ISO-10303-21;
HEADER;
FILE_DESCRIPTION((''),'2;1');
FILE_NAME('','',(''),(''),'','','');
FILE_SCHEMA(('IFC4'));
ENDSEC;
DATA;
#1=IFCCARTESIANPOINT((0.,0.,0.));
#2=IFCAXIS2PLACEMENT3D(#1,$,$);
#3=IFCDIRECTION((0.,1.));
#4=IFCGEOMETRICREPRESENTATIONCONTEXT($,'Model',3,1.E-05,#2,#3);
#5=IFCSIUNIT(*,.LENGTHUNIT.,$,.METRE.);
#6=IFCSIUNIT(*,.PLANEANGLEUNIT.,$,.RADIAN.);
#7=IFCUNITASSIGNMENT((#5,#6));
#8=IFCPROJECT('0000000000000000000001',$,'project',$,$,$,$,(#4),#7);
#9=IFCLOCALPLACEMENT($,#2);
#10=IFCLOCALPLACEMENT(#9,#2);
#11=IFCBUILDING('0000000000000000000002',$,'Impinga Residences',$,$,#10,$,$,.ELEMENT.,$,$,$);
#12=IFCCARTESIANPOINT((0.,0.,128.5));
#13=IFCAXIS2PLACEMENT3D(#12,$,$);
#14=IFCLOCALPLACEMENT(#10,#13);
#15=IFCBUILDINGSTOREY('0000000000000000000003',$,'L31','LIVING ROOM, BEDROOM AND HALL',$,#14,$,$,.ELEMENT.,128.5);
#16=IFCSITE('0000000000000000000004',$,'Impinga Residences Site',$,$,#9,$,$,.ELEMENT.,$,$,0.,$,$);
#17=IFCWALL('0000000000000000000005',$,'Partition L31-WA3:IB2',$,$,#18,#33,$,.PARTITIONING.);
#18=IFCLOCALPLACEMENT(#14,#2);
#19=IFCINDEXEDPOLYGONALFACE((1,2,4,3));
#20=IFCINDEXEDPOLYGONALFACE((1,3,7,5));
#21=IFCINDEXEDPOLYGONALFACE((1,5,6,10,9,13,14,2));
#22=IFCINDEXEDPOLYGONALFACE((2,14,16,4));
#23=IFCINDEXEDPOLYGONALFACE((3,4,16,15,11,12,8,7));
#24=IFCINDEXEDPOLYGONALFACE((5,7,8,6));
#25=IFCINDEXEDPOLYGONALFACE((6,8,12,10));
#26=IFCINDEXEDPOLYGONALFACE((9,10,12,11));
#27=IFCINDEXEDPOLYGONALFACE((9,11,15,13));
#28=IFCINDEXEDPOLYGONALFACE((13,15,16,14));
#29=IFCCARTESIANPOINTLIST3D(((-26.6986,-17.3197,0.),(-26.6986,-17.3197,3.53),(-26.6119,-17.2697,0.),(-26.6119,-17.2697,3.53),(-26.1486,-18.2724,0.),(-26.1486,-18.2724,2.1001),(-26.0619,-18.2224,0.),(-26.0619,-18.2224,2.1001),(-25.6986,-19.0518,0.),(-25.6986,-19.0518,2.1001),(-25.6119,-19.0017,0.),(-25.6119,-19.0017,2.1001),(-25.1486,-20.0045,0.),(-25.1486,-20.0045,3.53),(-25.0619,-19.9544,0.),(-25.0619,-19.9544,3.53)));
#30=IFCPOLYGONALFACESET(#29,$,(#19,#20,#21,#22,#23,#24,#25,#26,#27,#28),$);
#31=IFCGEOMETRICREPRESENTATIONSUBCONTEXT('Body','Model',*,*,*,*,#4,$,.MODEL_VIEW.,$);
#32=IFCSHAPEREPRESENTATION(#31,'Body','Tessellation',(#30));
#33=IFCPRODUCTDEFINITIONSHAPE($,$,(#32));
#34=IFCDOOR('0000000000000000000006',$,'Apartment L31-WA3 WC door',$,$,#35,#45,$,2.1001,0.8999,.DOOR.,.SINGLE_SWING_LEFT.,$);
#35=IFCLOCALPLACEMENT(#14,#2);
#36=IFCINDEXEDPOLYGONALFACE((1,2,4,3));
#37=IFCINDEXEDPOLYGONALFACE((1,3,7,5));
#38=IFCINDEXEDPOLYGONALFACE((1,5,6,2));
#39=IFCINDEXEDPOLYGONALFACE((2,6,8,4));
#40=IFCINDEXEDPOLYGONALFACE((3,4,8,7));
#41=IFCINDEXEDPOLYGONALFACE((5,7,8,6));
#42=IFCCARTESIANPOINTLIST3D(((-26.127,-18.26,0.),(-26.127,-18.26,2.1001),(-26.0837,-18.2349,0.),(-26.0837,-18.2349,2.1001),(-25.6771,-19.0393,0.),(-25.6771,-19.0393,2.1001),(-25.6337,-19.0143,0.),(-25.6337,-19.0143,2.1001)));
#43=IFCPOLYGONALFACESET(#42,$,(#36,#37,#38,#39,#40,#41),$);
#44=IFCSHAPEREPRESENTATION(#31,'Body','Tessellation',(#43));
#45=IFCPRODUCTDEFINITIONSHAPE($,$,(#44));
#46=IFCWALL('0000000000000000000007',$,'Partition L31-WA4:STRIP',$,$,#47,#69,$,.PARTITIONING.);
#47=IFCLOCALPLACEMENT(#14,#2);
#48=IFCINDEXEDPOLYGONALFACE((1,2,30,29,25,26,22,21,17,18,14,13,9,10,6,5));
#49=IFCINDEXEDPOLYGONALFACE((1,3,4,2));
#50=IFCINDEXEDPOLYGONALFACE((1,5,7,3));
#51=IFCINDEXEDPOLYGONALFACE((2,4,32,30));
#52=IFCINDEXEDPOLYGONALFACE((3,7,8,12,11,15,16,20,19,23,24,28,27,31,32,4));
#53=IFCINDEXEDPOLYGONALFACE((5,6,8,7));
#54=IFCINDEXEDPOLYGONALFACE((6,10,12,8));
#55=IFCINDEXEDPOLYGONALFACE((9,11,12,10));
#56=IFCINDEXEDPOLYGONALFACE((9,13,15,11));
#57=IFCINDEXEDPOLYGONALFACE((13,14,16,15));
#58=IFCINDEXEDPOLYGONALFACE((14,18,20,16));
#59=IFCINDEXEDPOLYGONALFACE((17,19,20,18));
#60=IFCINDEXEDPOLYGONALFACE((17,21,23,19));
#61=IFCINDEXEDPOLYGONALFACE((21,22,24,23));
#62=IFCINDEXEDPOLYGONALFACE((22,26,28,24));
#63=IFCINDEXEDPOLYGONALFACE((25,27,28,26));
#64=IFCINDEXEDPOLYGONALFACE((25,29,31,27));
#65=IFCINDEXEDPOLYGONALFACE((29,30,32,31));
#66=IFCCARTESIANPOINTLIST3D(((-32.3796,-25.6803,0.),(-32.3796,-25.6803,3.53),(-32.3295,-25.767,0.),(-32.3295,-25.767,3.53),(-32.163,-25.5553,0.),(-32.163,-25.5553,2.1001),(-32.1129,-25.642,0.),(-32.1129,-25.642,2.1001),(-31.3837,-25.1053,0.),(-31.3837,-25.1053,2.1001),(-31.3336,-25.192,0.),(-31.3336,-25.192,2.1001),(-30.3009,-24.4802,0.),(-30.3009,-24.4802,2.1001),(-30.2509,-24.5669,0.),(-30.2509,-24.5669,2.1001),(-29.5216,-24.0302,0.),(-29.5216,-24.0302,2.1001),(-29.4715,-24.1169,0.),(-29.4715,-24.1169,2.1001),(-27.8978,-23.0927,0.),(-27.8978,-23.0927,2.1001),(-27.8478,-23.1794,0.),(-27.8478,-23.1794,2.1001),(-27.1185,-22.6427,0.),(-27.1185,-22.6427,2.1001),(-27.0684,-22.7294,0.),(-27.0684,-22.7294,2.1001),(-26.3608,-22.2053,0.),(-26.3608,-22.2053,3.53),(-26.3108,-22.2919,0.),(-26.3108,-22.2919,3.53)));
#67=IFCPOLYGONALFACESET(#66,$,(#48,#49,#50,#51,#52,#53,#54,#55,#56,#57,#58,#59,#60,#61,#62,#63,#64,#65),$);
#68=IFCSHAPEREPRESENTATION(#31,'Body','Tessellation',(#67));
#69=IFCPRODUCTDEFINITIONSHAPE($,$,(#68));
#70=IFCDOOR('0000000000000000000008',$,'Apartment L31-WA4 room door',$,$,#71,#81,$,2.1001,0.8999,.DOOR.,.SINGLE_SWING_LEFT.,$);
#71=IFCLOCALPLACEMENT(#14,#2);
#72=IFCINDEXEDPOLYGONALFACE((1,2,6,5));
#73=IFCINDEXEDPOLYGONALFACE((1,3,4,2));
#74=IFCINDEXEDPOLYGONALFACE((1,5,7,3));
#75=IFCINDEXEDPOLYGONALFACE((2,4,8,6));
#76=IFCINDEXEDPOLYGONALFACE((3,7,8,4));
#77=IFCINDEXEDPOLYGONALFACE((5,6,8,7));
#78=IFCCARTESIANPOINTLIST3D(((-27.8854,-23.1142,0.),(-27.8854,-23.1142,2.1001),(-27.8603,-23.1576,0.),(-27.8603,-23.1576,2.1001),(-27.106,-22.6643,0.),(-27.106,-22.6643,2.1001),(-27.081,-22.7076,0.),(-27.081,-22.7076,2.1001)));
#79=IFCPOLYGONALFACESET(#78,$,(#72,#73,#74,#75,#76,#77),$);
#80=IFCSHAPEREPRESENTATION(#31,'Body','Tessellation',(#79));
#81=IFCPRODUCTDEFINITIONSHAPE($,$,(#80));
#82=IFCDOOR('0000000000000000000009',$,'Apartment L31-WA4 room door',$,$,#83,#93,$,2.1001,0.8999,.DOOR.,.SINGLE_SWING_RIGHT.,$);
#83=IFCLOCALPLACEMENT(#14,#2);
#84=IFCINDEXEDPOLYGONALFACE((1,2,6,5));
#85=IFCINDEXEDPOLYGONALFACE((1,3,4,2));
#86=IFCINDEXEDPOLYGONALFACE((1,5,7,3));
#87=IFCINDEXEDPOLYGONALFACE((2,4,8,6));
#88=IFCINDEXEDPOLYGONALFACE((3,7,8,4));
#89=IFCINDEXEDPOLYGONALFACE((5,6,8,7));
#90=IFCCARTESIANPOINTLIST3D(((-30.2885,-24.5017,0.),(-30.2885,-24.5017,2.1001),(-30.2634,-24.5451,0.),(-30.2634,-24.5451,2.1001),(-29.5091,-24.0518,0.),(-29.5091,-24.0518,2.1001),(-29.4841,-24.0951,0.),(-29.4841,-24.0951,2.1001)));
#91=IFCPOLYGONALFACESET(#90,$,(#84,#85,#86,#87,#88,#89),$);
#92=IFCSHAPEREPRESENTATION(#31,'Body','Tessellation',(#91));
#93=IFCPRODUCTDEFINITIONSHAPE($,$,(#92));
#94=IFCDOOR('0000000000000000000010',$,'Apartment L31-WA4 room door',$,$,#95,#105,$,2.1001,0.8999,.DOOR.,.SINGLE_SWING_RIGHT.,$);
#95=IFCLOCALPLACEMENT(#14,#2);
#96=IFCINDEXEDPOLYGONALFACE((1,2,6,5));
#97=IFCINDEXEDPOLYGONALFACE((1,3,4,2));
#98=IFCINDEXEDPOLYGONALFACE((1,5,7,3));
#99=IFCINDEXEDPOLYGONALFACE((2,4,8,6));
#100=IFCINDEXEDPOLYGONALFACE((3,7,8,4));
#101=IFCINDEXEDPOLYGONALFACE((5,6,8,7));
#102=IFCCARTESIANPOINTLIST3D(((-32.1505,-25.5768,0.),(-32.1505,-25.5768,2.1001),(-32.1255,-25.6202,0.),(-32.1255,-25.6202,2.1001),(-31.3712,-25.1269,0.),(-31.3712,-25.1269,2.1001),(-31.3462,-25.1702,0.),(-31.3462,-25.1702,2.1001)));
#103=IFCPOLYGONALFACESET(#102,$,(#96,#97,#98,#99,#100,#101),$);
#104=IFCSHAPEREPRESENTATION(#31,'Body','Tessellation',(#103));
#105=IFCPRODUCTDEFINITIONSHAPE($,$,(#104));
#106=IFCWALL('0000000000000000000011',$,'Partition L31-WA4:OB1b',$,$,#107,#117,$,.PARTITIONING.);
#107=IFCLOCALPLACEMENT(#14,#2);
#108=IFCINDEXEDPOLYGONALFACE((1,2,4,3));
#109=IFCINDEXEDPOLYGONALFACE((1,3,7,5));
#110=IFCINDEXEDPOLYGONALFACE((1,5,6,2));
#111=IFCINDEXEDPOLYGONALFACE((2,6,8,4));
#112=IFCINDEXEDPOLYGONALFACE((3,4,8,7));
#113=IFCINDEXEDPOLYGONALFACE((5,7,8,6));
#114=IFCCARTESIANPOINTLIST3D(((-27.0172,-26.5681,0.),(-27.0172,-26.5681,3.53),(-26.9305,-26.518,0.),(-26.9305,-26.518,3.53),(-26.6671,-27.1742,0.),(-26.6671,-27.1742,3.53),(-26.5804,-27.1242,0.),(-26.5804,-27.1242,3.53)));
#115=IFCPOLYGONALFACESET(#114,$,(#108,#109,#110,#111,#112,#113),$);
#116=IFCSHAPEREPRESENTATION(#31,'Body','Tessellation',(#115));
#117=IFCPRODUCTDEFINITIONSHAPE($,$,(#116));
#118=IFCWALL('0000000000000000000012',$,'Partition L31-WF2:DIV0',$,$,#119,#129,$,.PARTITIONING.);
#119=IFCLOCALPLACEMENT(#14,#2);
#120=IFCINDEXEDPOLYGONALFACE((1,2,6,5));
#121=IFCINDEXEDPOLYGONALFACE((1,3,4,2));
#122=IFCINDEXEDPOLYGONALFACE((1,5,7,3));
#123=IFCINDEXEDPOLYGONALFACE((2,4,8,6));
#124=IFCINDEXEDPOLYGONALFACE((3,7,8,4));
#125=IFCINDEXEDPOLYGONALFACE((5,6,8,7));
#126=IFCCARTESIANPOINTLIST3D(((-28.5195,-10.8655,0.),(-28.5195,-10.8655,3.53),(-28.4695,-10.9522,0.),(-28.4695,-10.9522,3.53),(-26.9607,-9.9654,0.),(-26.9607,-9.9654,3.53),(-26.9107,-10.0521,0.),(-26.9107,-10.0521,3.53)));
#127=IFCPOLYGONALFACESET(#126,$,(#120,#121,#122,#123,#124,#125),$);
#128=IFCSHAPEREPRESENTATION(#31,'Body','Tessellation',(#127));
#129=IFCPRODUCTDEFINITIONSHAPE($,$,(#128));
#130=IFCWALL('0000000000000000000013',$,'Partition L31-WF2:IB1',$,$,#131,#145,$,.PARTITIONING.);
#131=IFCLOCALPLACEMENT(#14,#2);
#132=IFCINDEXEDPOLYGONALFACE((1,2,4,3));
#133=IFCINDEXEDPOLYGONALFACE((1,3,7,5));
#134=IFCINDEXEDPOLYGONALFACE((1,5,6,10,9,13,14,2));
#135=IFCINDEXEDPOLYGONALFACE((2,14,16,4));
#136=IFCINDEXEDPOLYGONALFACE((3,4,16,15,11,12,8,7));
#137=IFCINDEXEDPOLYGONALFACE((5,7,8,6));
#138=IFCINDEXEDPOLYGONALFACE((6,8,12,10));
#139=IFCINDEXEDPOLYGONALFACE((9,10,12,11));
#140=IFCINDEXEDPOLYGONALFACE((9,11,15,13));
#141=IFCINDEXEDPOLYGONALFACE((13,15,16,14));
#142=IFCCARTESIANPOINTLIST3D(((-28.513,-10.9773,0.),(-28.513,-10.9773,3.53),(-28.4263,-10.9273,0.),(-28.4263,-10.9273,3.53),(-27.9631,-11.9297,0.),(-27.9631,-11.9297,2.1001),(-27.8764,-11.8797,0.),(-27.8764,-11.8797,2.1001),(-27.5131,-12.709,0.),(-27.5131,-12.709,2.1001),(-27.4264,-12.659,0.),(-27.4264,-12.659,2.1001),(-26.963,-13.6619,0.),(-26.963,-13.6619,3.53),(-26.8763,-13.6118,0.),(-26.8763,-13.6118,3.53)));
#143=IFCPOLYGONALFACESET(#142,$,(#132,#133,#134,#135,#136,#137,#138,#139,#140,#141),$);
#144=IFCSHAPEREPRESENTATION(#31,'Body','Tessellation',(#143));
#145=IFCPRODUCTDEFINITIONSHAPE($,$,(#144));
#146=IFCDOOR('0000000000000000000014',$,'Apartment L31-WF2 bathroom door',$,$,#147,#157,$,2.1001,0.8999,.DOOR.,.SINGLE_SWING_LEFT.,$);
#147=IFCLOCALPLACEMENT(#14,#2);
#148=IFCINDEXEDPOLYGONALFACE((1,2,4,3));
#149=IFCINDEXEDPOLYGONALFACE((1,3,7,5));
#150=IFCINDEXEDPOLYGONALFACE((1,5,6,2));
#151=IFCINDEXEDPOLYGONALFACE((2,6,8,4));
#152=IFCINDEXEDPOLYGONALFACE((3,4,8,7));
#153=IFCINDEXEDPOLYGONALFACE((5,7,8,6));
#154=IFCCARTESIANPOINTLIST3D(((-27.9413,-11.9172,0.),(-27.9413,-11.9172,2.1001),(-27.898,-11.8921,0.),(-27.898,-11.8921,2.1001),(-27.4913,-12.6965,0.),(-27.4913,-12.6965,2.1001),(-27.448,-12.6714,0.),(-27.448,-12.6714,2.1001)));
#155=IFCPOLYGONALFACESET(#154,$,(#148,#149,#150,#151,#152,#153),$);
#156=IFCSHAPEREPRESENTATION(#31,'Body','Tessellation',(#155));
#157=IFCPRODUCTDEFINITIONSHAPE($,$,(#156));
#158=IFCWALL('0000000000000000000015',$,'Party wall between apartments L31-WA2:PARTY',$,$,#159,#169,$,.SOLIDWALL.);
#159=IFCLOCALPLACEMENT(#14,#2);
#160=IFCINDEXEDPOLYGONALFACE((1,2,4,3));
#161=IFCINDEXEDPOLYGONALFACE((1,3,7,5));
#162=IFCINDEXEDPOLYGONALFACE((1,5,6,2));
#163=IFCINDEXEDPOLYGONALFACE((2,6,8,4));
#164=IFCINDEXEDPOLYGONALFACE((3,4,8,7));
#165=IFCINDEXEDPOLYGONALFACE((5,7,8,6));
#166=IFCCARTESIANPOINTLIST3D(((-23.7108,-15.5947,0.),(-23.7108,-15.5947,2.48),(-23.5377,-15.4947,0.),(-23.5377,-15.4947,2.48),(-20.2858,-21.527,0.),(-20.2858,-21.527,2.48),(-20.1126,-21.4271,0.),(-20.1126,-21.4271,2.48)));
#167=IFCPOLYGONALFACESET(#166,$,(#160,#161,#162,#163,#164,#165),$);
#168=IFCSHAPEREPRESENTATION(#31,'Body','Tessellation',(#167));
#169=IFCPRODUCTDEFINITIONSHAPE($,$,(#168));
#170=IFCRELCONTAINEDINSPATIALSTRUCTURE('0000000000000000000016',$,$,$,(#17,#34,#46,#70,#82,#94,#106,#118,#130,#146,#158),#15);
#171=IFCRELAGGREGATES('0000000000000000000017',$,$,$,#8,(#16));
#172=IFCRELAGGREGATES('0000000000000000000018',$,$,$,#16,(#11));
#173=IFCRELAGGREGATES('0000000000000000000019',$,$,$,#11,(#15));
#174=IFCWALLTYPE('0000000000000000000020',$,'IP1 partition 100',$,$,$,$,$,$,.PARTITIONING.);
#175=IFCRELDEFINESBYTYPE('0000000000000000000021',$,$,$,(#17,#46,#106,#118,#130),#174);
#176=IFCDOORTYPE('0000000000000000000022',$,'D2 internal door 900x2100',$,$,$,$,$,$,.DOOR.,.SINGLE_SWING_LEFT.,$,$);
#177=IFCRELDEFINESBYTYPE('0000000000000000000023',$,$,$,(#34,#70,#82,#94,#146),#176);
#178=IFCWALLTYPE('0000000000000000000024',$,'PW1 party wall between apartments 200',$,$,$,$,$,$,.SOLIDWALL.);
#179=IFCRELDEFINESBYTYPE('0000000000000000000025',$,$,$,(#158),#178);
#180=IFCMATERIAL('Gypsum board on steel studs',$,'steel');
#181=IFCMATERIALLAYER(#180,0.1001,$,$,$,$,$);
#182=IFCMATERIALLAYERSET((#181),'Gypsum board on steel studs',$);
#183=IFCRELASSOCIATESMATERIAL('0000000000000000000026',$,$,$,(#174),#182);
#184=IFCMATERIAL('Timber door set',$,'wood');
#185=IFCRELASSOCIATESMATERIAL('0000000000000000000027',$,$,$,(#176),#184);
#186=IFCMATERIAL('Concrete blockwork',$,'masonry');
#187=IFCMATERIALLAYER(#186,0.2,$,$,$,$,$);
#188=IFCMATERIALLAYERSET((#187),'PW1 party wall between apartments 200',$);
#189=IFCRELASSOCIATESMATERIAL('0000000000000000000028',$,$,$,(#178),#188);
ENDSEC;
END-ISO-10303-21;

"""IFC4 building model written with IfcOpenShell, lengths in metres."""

from ifc_helpers import new_model, si_unit, direction, frame, frame_2d, origin, place, context, subcontext, project, spatial, rectangle, extrude, material, layer, layer_set, type_object, element, fill, save


model = new_model("IFC4")

# Units and contexts
model_context = context("Model", 3, precision=1e-05, world=origin(), true_north=direction((0.0, 1.0)))
body_context = subcontext(model_context, "Body", "Model", "MODEL_VIEW")
ifc_project = project(units=[si_unit("LENGTHUNIT", "METRE"), si_unit("PLANEANGLEUNIT", "RADIAN")], contexts=[model_context])

# Site, building, storey
site_placement = place(None, origin())
site = spatial("IfcSite", under=ifc_project, at=site_placement, Name="Impinga Residences Site", CompositionType="ELEMENT", RefElevation=0.0)
building_placement = place(site_placement, origin())
building = spatial("IfcBuilding", under=site, at=building_placement, Name="Impinga Residences", CompositionType="ELEMENT")
storey_placement = place(building_placement, frame((0.0, 0.0, 128.5)))
storey = spatial("IfcBuildingStorey", under=building, at=storey_placement, Name="L31", Description="LIVING ROOM, BEDROOM AND HALL", CompositionType="ELEMENT", Elevation=128.5)

# Shared definitions
ifc_material_1 = material(Name="Gypsum board on steel studs", Category="steel")
ifc_layer_1 = layer(ifc_material_1, 0.1001)
ifc_layer_set_1 = layer_set([ifc_layer_1], Name="Gypsum board on steel studs")
wall_type_1 = type_object("IfcWallType", Name="IP1 partition 100", PredefinedType="PARTITIONING", material=ifc_layer_set_1)

# Shared definitions
ifc_material_2 = material(Name="Timber door set", Category="wood")
door_type = type_object("IfcDoorType", Name="D2 internal door 900x2100", OperationType="SINGLE_SWING_LEFT", PredefinedType="DOOR", material=ifc_material_2)

# Wall, opening, door
wall_1_placement = place(storey_placement, frame((-26.6553, -17.2947, 0.0), z_axis=(0.0, 0.0, 1.0), x_axis=(0.499993, -0.86603, 0.0)))
wall_1 = element("IfcWall", 1, at=wall_1_placement, inside=storey, type_object=wall_type_1, Name="Partition L31-WA3:IB2", PredefinedType="PARTITIONING", context=body_context, shape_type="SweptSolid", body=[
    extrude(rectangle(XDim=3.1001, YDim=0.1001, at=frame_2d((1.55, 0.0))), origin(), (0.0, 0.0, 1.0), 3.53),
])
opening_1_placement = place(wall_1_placement, frame((1.1001, 0.0, 0.0)))
opening_1 = element("IfcOpeningElement", 2, at=opening_1_placement, cuts=wall_1, PredefinedType="OPENING", context=body_context, shape_type="SweptSolid", body=[
    extrude(rectangle(XDim=0.8999, YDim=2.1001, at=frame_2d((0.45, 1.05))), frame((0.0, 0.0601, 0.0), z_axis=(0.0, -1.0, 0.0), x_axis=(1.0, 0.0, 0.0)), (0.0, 0.0, 1.0), 0.1201),
])
door_1_placement = place(opening_1_placement, origin())
door_1 = element("IfcDoor", 3, at=door_1_placement, inside=storey, type_object=door_type, Name="Apartment L31-WA3 WC door", OperationType="SINGLE_SWING_LEFT", OverallHeight=2.1001, OverallWidth=0.8999, PredefinedType="DOOR", context=body_context, shape_type="SweptSolid", body=[
    extrude(rectangle(XDim=0.8999, YDim=2.1001, at=frame_2d((0.45, 1.05))), frame((0.0, 0.0249, 0.0), z_axis=(0.0, -1.0, 0.0), x_axis=(1.0, 0.0, 0.0)), (0.0, 0.0, 1.0), 0.05),
])
fill(opening_1, door_1)

# Wall, openings, doors
wall_2_placement = place(storey_placement, frame((-26.3357, -22.2485, 0.0), z_axis=(0.0, 0.0, 1.0), x_axis=(-0.866017, -0.500015, 0.0)))
wall_2 = element("IfcWall", 4, at=wall_2_placement, inside=storey, type_object=wall_type_1, Name="Partition L31-WA4:STRIP", PredefinedType="PARTITIONING", context=body_context, shape_type="SweptSolid", body=[
    extrude(rectangle(XDim=6.95, YDim=0.1001, at=frame_2d((3.4751, 0.0))), origin(), (0.0, 0.0, 1.0), 3.53),
])
opening_2_placement = place(wall_2_placement, frame((0.875, 0.0, 0.0)))
opening_2 = element("IfcOpeningElement", 5, at=opening_2_placement, cuts=wall_2, PredefinedType="OPENING", context=body_context, shape_type="SweptSolid", body=[
    extrude(rectangle(XDim=0.8999, YDim=2.1001, at=frame_2d((0.45, 1.05))), frame((0.0, 0.0601, 0.0), z_axis=(0.0, -1.0, 0.0), x_axis=(1.0, 0.0, 0.0)), (0.0, 0.0, 1.0), 0.1201),
])
opening_3_placement = place(wall_2_placement, frame((3.6499, 0.0, 0.0)))
opening_3 = element("IfcOpeningElement", 6, at=opening_3_placement, cuts=wall_2, PredefinedType="OPENING", context=body_context, shape_type="SweptSolid", body=[
    extrude(rectangle(XDim=0.8999, YDim=2.1001, at=frame_2d((0.45, 1.05))), frame((0.0, 0.0601, 0.0), z_axis=(0.0, -1.0, 0.0), x_axis=(1.0, 0.0, 0.0)), (0.0, 0.0, 1.0), 0.1201),
])
opening_4_placement = place(wall_2_placement, frame((5.8, 0.0, 0.0)))
opening_4 = element("IfcOpeningElement", 7, at=opening_4_placement, cuts=wall_2, PredefinedType="OPENING", context=body_context, shape_type="SweptSolid", body=[
    extrude(rectangle(XDim=0.8999, YDim=2.1001, at=frame_2d((0.45, 1.05))), frame((0.0, 0.0601, 0.0), z_axis=(0.0, -1.0, 0.0), x_axis=(1.0, 0.0, 0.0)), (0.0, 0.0, 1.0), 0.1201),
])
door_2_placement = place(opening_2_placement, origin())
door_2 = element("IfcDoor", 8, at=door_2_placement, inside=storey, type_object=door_type, Name="Apartment L31-WA4 room door", OperationType="SINGLE_SWING_LEFT", OverallHeight=2.1001, OverallWidth=0.8999, PredefinedType="DOOR", context=body_context, shape_type="SweptSolid", body=[
    extrude(rectangle(XDim=0.8999, YDim=2.1001, at=frame_2d((0.45, 1.05))), frame((0.0, 0.0249, 0.0), z_axis=(0.0, -1.0, 0.0), x_axis=(1.0, 0.0, 0.0)), (0.0, 0.0, 1.0), 0.05),
])
fill(opening_2, door_2)
door_3_placement = place(opening_3_placement, origin())
door_3 = element("IfcDoor", 9, at=door_3_placement, inside=storey, type_object=door_type, Name="Apartment L31-WA4 room door", OperationType="SINGLE_SWING_RIGHT", OverallHeight=2.1001, OverallWidth=0.8999, PredefinedType="DOOR", context=body_context, shape_type="SweptSolid", body=[
    extrude(rectangle(XDim=0.8999, YDim=2.1001, at=frame_2d((0.45, 1.05))), frame((0.0, 0.0249, 0.0), z_axis=(0.0, -1.0, 0.0), x_axis=(1.0, 0.0, 0.0)), (0.0, 0.0, 1.0), 0.05),
])
fill(opening_3, door_3)
door_4_placement = place(opening_4_placement, origin())
door_4 = element("IfcDoor", 10, at=door_4_placement, inside=storey, type_object=door_type, Name="Apartment L31-WA4 room door", OperationType="SINGLE_SWING_RIGHT", OverallHeight=2.1001, OverallWidth=0.8999, PredefinedType="DOOR", context=body_context, shape_type="SweptSolid", body=[
    extrude(rectangle(XDim=0.8999, YDim=2.1001, at=frame_2d((0.45, 1.05))), frame((0.0, 0.0249, 0.0), z_axis=(0.0, -1.0, 0.0), x_axis=(1.0, 0.0, 0.0)), (0.0, 0.0, 1.0), 0.05),
])
fill(opening_4, door_4)

# Walls
wall_3_placement = place(storey_placement, frame((-26.9739, -26.543, 0.0), z_axis=(0.0, 0.0, 1.0), x_axis=(0.500115, -0.865959, 0.0)))
element("IfcWall", 11, at=wall_3_placement, inside=storey, type_object=wall_type_1, Name="Partition L31-WA4:OB1b", PredefinedType="PARTITIONING", context=body_context, shape_type="SweptSolid", body=[
    extrude(rectangle(XDim=0.7, YDim=0.1001, at=frame_2d((0.3501, 0.0))), origin(), (0.0, 0.0, 1.0), 3.53),
])
wall_4_placement = place(storey_placement, frame((-26.9358, -10.0088, 0.0), z_axis=(0.0, 0.0, 1.0), x_axis=(-0.865989, -0.500063, 0.0)))
element("IfcWall", 12, at=wall_4_placement, inside=storey, type_object=wall_type_1, Name="Partition L31-WF2:DIV0", PredefinedType="PARTITIONING", context=body_context, shape_type="SweptSolid", body=[
    extrude(rectangle(XDim=1.8, YDim=0.1001, at=frame_2d((0.8999, 0.0))), origin(), (0.0, 0.0, 1.0), 3.53),
])

# Wall, opening, door
wall_5_placement = place(storey_placement, frame((-26.9197, -13.6367, 0.0), z_axis=(0.0, 0.0, 1.0), x_axis=(-0.500027, 0.86601, 0.0)))
wall_5 = element("IfcWall", 13, at=wall_5_placement, inside=storey, type_object=wall_type_1, Name="Partition L31-WF2:IB1", PredefinedType="PARTITIONING", context=body_context, shape_type="SweptSolid", body=[
    extrude(rectangle(XDim=3.0999, YDim=0.1001, at=frame_2d((1.5498, 0.0))), origin(), (0.0, 0.0, 1.0), 3.53),
])
opening_5_placement = place(wall_5_placement, frame((1.1001, 0.0, 0.0)))
opening_5 = element("IfcOpeningElement", 14, at=opening_5_placement, cuts=wall_5, PredefinedType="OPENING", context=body_context, shape_type="SweptSolid", body=[
    extrude(rectangle(XDim=0.8999, YDim=2.1001, at=frame_2d((0.45, 1.05))), frame((0.0, 0.0601, 0.0), z_axis=(0.0, -1.0, 0.0), x_axis=(1.0, 0.0, 0.0)), (0.0, 0.0, 1.0), 0.1201),
])
door_5_placement = place(opening_5_placement, origin())
door_5 = element("IfcDoor", 15, at=door_5_placement, inside=storey, type_object=door_type, Name="Apartment L31-WF2 bathroom door", OperationType="SINGLE_SWING_LEFT", OverallHeight=2.1001, OverallWidth=0.8999, PredefinedType="DOOR", context=body_context, shape_type="SweptSolid", body=[
    extrude(rectangle(XDim=0.8999, YDim=2.1001, at=frame_2d((0.45, 1.05))), frame((0.0, 0.0249, 0.0), z_axis=(0.0, -1.0, 0.0), x_axis=(1.0, 0.0, 0.0)), (0.0, 0.0, 1.0), 0.05),
])
fill(opening_5, door_5)

# Wall
ifc_material_3 = material(Name="Concrete blockwork", Category="masonry")
ifc_layer_2 = layer(ifc_material_3, 0.2)
ifc_layer_set_2 = layer_set([ifc_layer_2], Name="PW1 party wall between apartments 200")
wall_type_2 = type_object("IfcWallType", Name="PW1 party wall between apartments 200", PredefinedType="SOLIDWALL", material=ifc_layer_set_2)
wall_6_placement = place(storey_placement, frame((-23.6243, -15.5447, 0.0), z_axis=(0.0, 0.0, 1.0), x_axis=(0.499999, -0.866026, 0.0)))
element("IfcWall", 16, at=wall_6_placement, inside=storey, type_object=wall_type_2, Name="Party wall between apartments L31-WA2:PARTY", PredefinedType="SOLIDWALL", context=body_context, shape_type="SweptSolid", body=[
    extrude(rectangle(XDim=6.8501, YDim=0.2, at=frame_2d((3.425, 0.0))), origin(), (0.0, 0.0, 1.0), 2.48),
])

save(model, "model.ifc")
